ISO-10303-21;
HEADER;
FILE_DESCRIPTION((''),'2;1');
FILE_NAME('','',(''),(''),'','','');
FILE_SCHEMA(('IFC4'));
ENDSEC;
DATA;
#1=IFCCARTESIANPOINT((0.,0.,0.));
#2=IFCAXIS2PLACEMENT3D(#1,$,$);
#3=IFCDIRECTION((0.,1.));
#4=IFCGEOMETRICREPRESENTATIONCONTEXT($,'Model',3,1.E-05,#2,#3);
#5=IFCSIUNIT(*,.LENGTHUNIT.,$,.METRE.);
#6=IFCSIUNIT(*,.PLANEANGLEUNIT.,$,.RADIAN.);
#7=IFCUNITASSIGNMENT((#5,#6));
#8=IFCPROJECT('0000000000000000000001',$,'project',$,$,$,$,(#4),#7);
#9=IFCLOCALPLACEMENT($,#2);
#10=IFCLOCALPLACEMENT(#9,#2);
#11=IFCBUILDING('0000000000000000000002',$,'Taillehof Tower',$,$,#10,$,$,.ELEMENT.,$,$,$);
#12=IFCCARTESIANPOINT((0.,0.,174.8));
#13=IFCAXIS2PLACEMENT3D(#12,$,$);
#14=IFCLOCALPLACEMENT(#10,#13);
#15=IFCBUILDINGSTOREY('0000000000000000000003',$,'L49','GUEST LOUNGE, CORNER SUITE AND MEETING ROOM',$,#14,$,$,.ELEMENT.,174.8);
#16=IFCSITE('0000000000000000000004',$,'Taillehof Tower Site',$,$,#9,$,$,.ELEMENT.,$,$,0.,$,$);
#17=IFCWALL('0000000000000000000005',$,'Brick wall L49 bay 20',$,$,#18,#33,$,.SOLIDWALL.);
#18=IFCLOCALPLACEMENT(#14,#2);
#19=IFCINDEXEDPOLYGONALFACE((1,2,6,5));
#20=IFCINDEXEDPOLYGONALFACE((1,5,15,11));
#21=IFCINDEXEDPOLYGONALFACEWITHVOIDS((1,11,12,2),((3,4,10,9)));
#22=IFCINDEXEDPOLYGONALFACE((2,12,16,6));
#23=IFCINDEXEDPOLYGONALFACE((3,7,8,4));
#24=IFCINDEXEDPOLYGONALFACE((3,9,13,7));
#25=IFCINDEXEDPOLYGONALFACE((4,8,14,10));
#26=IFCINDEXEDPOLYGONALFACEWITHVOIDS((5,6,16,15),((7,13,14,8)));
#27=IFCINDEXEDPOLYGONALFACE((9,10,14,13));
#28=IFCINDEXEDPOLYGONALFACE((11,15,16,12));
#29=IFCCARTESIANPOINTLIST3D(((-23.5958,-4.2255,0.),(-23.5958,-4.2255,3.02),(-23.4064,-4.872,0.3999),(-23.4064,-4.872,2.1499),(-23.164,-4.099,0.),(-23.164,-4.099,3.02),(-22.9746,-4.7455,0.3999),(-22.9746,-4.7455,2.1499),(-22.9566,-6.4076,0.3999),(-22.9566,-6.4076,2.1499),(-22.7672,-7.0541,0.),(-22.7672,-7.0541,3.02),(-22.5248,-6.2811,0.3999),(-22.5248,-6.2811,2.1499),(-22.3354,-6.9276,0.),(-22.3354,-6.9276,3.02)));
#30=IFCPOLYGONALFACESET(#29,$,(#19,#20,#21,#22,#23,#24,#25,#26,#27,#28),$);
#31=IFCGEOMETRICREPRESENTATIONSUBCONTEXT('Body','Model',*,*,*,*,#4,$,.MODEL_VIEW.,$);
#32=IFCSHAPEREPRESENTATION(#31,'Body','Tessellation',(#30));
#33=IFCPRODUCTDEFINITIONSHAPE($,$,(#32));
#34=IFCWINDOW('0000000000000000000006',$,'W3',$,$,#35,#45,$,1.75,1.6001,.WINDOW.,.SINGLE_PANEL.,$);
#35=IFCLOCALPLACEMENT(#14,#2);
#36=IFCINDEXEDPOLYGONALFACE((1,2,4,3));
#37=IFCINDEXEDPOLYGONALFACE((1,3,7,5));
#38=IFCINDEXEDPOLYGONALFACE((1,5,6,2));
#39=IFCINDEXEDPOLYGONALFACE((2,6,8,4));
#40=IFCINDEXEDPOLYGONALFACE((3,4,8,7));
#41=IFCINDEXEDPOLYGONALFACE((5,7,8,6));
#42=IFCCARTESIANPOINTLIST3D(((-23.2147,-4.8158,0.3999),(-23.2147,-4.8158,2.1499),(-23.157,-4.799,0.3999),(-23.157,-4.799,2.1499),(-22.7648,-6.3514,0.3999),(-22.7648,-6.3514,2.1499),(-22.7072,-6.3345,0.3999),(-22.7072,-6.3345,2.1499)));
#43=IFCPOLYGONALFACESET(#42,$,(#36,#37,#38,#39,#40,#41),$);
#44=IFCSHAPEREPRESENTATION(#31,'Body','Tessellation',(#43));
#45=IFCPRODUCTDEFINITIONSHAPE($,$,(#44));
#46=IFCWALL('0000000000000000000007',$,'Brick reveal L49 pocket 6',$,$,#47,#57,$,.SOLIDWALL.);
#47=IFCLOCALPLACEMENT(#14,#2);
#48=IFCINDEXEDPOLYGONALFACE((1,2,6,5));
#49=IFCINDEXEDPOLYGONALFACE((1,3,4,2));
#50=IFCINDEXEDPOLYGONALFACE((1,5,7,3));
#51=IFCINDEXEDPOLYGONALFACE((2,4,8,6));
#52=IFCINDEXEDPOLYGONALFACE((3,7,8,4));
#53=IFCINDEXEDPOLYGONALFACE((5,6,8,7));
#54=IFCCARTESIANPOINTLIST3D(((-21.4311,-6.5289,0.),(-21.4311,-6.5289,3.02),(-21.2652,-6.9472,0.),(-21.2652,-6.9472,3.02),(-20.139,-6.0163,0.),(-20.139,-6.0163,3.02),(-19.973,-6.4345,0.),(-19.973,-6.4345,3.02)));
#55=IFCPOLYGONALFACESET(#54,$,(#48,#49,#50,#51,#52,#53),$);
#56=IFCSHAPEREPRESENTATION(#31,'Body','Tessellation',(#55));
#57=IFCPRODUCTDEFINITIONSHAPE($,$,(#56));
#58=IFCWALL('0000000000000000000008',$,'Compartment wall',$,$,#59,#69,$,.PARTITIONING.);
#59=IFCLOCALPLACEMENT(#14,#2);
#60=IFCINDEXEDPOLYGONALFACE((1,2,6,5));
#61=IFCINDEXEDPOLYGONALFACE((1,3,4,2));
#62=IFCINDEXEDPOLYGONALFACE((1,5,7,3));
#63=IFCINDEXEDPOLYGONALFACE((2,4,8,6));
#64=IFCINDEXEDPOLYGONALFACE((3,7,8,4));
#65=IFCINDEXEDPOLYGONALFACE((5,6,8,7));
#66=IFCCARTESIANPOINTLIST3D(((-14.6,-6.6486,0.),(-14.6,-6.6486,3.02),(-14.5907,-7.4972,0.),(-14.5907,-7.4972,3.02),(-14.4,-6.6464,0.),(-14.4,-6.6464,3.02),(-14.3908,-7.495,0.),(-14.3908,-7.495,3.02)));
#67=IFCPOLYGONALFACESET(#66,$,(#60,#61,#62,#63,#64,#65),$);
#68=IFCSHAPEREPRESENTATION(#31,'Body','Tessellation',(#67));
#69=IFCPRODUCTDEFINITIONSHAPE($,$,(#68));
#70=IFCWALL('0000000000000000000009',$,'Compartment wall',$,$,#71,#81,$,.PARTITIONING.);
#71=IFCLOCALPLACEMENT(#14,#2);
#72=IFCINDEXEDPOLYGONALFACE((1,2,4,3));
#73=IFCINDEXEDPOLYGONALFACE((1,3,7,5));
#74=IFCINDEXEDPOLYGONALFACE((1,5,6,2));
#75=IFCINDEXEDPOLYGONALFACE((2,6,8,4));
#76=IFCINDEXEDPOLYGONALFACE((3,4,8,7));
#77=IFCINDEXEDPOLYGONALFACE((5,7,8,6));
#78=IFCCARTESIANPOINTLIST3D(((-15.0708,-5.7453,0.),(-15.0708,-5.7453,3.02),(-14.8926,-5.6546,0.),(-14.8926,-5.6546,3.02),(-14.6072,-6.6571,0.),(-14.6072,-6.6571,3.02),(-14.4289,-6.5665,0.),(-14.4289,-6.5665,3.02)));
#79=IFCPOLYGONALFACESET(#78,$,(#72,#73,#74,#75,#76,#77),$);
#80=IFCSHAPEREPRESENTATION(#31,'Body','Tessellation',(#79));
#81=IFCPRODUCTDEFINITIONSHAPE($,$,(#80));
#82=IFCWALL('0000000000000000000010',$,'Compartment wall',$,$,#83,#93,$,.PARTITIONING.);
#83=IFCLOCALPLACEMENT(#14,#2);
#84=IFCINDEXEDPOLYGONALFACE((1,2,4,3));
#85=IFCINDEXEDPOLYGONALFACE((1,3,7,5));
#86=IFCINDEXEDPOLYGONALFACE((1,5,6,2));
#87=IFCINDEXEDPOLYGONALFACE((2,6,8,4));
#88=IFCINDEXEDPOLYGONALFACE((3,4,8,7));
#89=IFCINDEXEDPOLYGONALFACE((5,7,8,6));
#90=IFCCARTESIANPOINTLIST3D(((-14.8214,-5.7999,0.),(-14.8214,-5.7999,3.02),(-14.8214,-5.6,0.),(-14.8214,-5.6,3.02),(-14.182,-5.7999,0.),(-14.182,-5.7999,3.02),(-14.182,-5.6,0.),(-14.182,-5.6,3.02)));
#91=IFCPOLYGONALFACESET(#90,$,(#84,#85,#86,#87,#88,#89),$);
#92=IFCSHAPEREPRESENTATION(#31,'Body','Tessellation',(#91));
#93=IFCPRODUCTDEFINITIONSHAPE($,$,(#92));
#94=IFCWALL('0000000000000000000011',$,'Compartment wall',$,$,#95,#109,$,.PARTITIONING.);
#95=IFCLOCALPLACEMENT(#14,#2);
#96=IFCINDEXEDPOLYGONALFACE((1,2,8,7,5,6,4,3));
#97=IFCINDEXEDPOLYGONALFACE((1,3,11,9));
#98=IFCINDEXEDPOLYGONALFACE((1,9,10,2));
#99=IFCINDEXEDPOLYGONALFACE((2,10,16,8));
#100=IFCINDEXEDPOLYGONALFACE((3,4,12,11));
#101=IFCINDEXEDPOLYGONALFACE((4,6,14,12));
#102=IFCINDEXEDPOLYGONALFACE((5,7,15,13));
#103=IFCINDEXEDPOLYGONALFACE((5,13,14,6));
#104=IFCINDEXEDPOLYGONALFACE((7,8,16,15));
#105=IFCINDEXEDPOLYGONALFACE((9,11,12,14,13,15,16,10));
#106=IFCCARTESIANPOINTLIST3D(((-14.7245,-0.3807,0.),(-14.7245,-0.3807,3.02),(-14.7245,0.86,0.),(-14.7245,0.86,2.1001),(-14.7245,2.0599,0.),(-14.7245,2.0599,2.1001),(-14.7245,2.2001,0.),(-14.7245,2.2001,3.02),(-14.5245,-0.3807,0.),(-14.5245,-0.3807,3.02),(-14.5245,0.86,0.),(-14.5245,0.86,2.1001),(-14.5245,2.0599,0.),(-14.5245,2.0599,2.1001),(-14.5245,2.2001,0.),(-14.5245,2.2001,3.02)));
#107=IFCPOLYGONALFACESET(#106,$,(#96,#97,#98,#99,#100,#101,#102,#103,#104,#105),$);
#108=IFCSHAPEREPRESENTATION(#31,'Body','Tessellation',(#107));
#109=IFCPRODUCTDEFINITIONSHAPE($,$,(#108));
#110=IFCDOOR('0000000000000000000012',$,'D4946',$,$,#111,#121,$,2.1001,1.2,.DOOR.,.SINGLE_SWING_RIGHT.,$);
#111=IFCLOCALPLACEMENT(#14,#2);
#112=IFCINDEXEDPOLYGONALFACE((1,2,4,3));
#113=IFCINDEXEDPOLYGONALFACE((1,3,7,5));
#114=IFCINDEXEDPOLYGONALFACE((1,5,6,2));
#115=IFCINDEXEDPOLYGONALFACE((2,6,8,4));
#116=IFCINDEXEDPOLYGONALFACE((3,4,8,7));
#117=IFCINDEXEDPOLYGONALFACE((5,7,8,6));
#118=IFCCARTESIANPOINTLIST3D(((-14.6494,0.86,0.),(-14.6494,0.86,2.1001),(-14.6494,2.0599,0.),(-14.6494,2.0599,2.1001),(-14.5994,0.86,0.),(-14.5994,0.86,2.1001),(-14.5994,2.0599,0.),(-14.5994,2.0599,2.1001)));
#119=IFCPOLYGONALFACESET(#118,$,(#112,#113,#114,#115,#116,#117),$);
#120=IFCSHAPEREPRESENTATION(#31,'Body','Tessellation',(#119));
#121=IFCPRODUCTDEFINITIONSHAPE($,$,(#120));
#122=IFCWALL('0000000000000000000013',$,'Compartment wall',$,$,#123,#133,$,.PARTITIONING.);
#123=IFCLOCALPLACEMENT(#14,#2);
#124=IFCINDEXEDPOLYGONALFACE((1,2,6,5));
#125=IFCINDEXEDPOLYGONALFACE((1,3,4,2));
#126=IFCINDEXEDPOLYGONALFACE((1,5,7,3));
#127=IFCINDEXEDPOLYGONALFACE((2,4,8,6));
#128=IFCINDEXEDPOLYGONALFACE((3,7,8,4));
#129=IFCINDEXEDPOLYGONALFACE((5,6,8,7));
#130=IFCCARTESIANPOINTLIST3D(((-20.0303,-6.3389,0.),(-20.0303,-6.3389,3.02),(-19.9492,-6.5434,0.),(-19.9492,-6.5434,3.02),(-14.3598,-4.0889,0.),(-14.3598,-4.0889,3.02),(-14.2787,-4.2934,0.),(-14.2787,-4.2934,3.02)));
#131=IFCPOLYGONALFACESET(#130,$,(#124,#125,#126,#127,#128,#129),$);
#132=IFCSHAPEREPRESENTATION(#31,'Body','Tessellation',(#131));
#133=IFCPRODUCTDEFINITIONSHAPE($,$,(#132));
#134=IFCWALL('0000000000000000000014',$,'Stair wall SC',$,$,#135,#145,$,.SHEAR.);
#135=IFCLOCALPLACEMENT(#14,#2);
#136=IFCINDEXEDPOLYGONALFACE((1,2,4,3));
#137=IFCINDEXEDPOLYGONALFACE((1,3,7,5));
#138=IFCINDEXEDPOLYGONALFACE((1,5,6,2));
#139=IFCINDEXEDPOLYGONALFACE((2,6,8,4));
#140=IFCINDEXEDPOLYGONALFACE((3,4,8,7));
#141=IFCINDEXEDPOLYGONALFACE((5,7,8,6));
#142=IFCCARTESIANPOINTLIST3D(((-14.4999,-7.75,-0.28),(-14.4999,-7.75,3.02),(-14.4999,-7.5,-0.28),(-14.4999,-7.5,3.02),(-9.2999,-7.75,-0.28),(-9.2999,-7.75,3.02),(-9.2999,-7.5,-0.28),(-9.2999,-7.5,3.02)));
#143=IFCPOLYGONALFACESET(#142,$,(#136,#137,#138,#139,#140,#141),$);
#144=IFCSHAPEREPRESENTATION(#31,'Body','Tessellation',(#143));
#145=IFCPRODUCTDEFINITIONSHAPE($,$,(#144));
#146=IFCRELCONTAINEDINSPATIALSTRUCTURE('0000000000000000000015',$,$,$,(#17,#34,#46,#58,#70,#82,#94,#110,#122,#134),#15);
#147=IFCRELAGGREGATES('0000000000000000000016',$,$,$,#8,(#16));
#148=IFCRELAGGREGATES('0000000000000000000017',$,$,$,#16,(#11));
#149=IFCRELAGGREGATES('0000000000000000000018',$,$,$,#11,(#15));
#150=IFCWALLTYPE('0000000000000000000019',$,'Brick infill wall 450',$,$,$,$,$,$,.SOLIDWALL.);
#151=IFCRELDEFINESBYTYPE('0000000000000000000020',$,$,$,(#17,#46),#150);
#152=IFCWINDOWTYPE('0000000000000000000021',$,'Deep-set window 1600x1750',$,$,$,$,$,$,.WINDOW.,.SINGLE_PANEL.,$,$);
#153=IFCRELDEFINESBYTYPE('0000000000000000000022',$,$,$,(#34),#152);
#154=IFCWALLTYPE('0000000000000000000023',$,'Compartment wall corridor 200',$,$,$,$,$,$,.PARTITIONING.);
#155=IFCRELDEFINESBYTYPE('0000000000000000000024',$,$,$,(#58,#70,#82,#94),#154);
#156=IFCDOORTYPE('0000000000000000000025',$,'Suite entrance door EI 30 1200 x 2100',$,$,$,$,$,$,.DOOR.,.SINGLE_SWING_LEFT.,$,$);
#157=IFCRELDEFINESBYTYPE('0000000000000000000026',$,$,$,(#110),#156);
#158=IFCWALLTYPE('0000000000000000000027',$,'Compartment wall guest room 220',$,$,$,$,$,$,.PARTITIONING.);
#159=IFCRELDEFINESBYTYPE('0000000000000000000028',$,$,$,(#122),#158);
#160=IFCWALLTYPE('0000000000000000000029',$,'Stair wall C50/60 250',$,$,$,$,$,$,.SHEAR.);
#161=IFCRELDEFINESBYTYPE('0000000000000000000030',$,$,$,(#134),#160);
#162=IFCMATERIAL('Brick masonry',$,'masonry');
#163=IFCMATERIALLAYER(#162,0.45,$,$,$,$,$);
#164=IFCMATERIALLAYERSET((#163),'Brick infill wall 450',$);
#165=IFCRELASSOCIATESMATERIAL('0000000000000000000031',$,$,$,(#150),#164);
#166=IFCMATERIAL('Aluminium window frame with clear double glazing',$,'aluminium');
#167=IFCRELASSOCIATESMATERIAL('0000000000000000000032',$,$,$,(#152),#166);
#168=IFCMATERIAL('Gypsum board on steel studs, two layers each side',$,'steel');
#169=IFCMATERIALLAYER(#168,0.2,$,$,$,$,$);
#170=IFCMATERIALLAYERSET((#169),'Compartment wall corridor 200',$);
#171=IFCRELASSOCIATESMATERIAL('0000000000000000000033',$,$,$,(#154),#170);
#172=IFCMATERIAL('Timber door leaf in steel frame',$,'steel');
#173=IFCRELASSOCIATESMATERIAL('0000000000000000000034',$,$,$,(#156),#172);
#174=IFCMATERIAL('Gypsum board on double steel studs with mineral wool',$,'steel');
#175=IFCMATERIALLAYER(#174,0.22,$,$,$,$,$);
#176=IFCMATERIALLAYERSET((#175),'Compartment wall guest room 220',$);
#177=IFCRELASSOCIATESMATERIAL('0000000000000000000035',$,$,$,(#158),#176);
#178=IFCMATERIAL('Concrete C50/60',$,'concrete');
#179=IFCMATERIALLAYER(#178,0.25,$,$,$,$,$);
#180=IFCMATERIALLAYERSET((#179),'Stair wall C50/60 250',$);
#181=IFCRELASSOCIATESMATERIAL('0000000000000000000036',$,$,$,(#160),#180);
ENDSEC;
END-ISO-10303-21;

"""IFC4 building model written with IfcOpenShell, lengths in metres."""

from ifc_helpers import new_model, si_unit, direction, frame, frame_2d, origin, place, context, subcontext, project, spatial, rectangle, extrude, material, layer, layer_set, type_object, element, fill, save


model = new_model("IFC4")

# Units and contexts
model_context = context("Model", 3, precision=1e-05, world=origin(), true_north=direction((0.0, 1.0)))
body_context = subcontext(model_context, "Body", "Model", "MODEL_VIEW")
ifc_project = project(units=[si_unit("LENGTHUNIT", "METRE"), si_unit("PLANEANGLEUNIT", "RADIAN")], contexts=[model_context])

# Site, building, storey
site_placement = place(None, origin())
site = spatial("IfcSite", under=ifc_project, at=site_placement, Name="Taillehof Tower Site", CompositionType="ELEMENT", RefElevation=0.0)
building_placement = place(site_placement, origin())
building = spatial("IfcBuilding", under=site, at=building_placement, Name="Taillehof Tower", CompositionType="ELEMENT")
storey_placement = place(building_placement, frame((0.0, 0.0, 174.8)))
storey = spatial("IfcBuildingStorey", under=building, at=storey_placement, Name="L49", Description="GUEST LOUNGE, CORNER SUITE AND MEETING ROOM", CompositionType="ELEMENT", Elevation=174.8)

# Wall, opening, window
ifc_material_1 = material(Name="Brick masonry", Category="masonry")
ifc_layer_1 = layer(ifc_material_1, 0.45)
ifc_layer_set_1 = layer_set([ifc_layer_1], Name="Brick infill wall 450")
wall_type_1 = type_object("IfcWallType", Name="Brick infill wall 450", PredefinedType="SOLIDWALL", material=ifc_layer_set_1)
ifc_material_2 = material(Name="Aluminium window frame with clear double glazing", Category="aluminium")
window_type_1 = type_object("IfcWindowType", Name="Deep-set window 1600x1750", PartitioningType="SINGLE_PANEL", PredefinedType="WINDOW", material=ifc_material_2)
wall_1_placement = place(storey_placement, frame((-23.3799, -4.1624, 0.0), z_axis=(0.0, 0.0, 1.0), x_axis=(0.281126, -0.959671, 0.0)))
wall_1 = element("IfcWall", 1, at=wall_1_placement, inside=storey, type_object=wall_type_1, Name="Brick wall L49 bay 20", PredefinedType="SOLIDWALL", context=body_context, shape_type="SweptSolid", body=[
    extrude(rectangle(XDim=2.9475, YDim=0.45, at=frame_2d((1.4736, 0.0))), origin(), (0.0, 0.0, 1.0), 3.02),
])
opening_1_placement = place(wall_1_placement, frame((0.6736, 0.0, 0.3999)))
opening_1 = element("IfcOpeningElement", 2, at=opening_1_placement, cuts=wall_1, PredefinedType="OPENING", context=body_context, shape_type="SweptSolid", body=[
    extrude(rectangle(XDim=1.6001, YDim=1.75, at=frame_2d((0.8, 0.875))), frame((0.0, 0.2349, 0.0), z_axis=(0.0, -1.0, 0.0), x_axis=(1.0, 0.0, 0.0)), (0.0, 0.0, 1.0), 0.47),
])
window_1_placement = place(opening_1_placement, origin())
window_1 = element("IfcWindow", 3, at=window_1_placement, inside=storey, type_object=window_type_1, Name="W3", OverallHeight=1.75, OverallWidth=1.6001, PartitioningType="SINGLE_PANEL", PredefinedType="WINDOW", context=body_context, shape_type="SweptSolid", body=[
    extrude(rectangle(XDim=1.6001, YDim=1.75, at=frame_2d((0.8, 0.875))), frame((0.0, 0.0349, 0.0), z_axis=(0.0, -1.0, 0.0), x_axis=(1.0, 0.0, 0.0)), (0.0, 0.0, 1.0), 0.0601),
])
fill(opening_1, window_1)

# Wall
wall_2_placement = place(storey_placement, frame((-21.3481, -6.738, 0.0), z_axis=(0.0, 0.0, 1.0), x_axis=(0.929515, 0.368785, 0.0)))
element("IfcWall", 4, at=wall_2_placement, inside=storey, type_object=wall_type_1, Name="Brick reveal L49 pocket 6", PredefinedType="SOLIDWALL", context=body_context, shape_type="SweptSolid", body=[
    extrude(rectangle(XDim=1.3901, YDim=0.45, at=frame_2d((0.6951, 0.0))), origin(), (0.0, 0.0, 1.0), 3.02),
])

# Walls
ifc_material_3 = material(Name="Gypsum board on steel studs, two layers each side", Category="steel")
ifc_layer_2 = layer(ifc_material_3, 0.2)
ifc_layer_set_2 = layer_set([ifc_layer_2], Name="Compartment wall corridor 200")
wall_type_2 = type_object("IfcWallType", Name="Compartment wall corridor 200", PredefinedType="PARTITIONING", material=ifc_layer_set_2)
wall_3_placement = place(storey_placement, frame((-14.4907, -7.4961, 0.0), z_axis=(0.0, 0.0, 1.0), x_axis=(-0.010931, 0.99994, 0.0)))
element("IfcWall", 5, at=wall_3_placement, inside=storey, type_object=wall_type_2, Name="Compartment wall", PredefinedType="PARTITIONING", context=body_context, shape_type="SweptSolid", body=[
    extrude(rectangle(XDim=0.8486, YDim=0.2, at=frame_2d((0.4243, 0.0))), origin(), (0.0, 0.0, 1.0), 3.02),
])
wall_4_placement = place(storey_placement, frame((-14.5181, -6.6118, 0.0), z_axis=(0.0, 0.0, 1.0), x_axis=(-0.453218, 0.8914, 0.0)))
element("IfcWall", 6, at=wall_4_placement, inside=storey, type_object=wall_type_2, Name="Compartment wall", PredefinedType="PARTITIONING", context=body_context, shape_type="SweptSolid", body=[
    extrude(rectangle(XDim=1.0229, YDim=0.2, at=frame_2d((0.5115, 0.0))), origin(), (0.0, 0.0, 1.0), 3.02),
])
wall_5_placement = place(storey_placement, frame((-14.8215, -5.7, 0.0), z_axis=(0.0, 0.0, 1.0), x_axis=(1.0, 0.0, 0.0)))
element("IfcWall", 7, at=wall_5_placement, inside=storey, type_object=wall_type_2, Name="Compartment wall", PredefinedType="PARTITIONING", context=body_context, shape_type="SweptSolid", body=[
    extrude(rectangle(XDim=0.6394, YDim=0.2, at=frame_2d((0.3198, 0.0))), origin(), (0.0, 0.0, 1.0), 3.02),
])

# Wall, opening, door
wall_6_placement = place(storey_placement, frame((-14.6245, -0.3809, 0.0), z_axis=(0.0, 0.0, 1.0), x_axis=(0.0, 1.0, 0.0)))
wall_6 = element("IfcWall", 8, at=wall_6_placement, inside=storey, type_object=wall_type_2, Name="Compartment wall", PredefinedType="PARTITIONING", context=body_context, shape_type="SweptSolid", body=[
    extrude(rectangle(XDim=2.5808, YDim=0.2, at=frame_2d((1.2905, 0.0))), origin(), (0.0, 0.0, 1.0), 3.02),
])
opening_2_placement = place(wall_6_placement, frame((1.2407, 0.0, 0.0)))
opening_2 = element("IfcOpeningElement", 9, at=opening_2_placement, cuts=wall_6, PredefinedType="OPENING", context=body_context, shape_type="SweptSolid", body=[
    extrude(rectangle(XDim=1.2, YDim=2.1001, at=frame_2d((0.6001, 1.05))), frame((0.0, 0.1099, 0.0), z_axis=(0.0, -1.0, 0.0), x_axis=(1.0, 0.0, 0.0)), (0.0, 0.0, 1.0), 0.22),
])
ifc_material_4 = material(Name="Timber door leaf in steel frame", Category="steel")
door_type_1 = type_object("IfcDoorType", Name="Suite entrance door EI 30 1200 x 2100", OperationType="SINGLE_SWING_LEFT", PredefinedType="DOOR", material=ifc_material_4)
door_1_placement = place(opening_2_placement, origin())
door_1 = element("IfcDoor", 10, at=door_1_placement, inside=storey, type_object=door_type_1, Name="D4946", OperationType="SINGLE_SWING_RIGHT", OverallHeight=2.1001, OverallWidth=1.2, PredefinedType="DOOR", context=body_context, shape_type="SweptSolid", body=[
    extrude(rectangle(XDim=1.2, YDim=2.1001, at=frame_2d((0.6001, 1.05))), frame((0.0, 0.0249, 0.0), z_axis=(0.0, -1.0, 0.0), x_axis=(1.0, 0.0, 0.0)), (0.0, 0.0, 1.0), 0.05),
])
fill(opening_2, door_1)

# Walls
ifc_material_5 = material(Name="Gypsum board on double steel studs with mineral wool", Category="steel")
ifc_layer_3 = layer(ifc_material_5, 0.22)
ifc_layer_set_3 = layer_set([ifc_layer_3], Name="Compartment wall guest room 220")
wall_type_3 = type_object("IfcWallType", Name="Compartment wall guest room 220", PredefinedType="PARTITIONING", material=ifc_layer_set_3)
wall_7_placement = place(storey_placement, frame((-19.9897, -6.4412, 0.0), z_axis=(0.0, 0.0, 1.0), x_axis=(0.9295, 0.368822, 0.0)))
element("IfcWall", 11, at=wall_7_placement, inside=storey, type_object=wall_type_3, Name="Compartment wall", PredefinedType="PARTITIONING", context=body_context, shape_type="SweptSolid", body=[
    extrude(rectangle(XDim=6.1006, YDim=0.22, at=frame_2d((3.0503, 0.0))), origin(), (0.0, 0.0, 1.0), 3.02),
])
ifc_material_6 = material(Name="Concrete C50/60", Category="concrete")
ifc_layer_4 = layer(ifc_material_6, 0.25)
ifc_layer_set_4 = layer_set([ifc_layer_4], Name="Stair wall C50/60 250")
wall_type_4 = type_object("IfcWallType", Name="Stair wall C50/60 250", PredefinedType="SHEAR", material=ifc_layer_set_4)
wall_8_placement = place(storey_placement, frame((-14.5, -7.625, -0.28), z_axis=(0.0, 0.0, 1.0), x_axis=(1.0, 0.0, 0.0)))
element("IfcWall", 12, at=wall_8_placement, inside=storey, type_object=wall_type_4, Name="Stair wall SC", PredefinedType="SHEAR", context=body_context, shape_type="SweptSolid", body=[
    extrude(rectangle(XDim=5.2, YDim=0.25, at=frame_2d((2.6001, 0.0))), origin(), (0.0, 0.0, 1.0), 3.3),
])

save(model, "model.ifc")
